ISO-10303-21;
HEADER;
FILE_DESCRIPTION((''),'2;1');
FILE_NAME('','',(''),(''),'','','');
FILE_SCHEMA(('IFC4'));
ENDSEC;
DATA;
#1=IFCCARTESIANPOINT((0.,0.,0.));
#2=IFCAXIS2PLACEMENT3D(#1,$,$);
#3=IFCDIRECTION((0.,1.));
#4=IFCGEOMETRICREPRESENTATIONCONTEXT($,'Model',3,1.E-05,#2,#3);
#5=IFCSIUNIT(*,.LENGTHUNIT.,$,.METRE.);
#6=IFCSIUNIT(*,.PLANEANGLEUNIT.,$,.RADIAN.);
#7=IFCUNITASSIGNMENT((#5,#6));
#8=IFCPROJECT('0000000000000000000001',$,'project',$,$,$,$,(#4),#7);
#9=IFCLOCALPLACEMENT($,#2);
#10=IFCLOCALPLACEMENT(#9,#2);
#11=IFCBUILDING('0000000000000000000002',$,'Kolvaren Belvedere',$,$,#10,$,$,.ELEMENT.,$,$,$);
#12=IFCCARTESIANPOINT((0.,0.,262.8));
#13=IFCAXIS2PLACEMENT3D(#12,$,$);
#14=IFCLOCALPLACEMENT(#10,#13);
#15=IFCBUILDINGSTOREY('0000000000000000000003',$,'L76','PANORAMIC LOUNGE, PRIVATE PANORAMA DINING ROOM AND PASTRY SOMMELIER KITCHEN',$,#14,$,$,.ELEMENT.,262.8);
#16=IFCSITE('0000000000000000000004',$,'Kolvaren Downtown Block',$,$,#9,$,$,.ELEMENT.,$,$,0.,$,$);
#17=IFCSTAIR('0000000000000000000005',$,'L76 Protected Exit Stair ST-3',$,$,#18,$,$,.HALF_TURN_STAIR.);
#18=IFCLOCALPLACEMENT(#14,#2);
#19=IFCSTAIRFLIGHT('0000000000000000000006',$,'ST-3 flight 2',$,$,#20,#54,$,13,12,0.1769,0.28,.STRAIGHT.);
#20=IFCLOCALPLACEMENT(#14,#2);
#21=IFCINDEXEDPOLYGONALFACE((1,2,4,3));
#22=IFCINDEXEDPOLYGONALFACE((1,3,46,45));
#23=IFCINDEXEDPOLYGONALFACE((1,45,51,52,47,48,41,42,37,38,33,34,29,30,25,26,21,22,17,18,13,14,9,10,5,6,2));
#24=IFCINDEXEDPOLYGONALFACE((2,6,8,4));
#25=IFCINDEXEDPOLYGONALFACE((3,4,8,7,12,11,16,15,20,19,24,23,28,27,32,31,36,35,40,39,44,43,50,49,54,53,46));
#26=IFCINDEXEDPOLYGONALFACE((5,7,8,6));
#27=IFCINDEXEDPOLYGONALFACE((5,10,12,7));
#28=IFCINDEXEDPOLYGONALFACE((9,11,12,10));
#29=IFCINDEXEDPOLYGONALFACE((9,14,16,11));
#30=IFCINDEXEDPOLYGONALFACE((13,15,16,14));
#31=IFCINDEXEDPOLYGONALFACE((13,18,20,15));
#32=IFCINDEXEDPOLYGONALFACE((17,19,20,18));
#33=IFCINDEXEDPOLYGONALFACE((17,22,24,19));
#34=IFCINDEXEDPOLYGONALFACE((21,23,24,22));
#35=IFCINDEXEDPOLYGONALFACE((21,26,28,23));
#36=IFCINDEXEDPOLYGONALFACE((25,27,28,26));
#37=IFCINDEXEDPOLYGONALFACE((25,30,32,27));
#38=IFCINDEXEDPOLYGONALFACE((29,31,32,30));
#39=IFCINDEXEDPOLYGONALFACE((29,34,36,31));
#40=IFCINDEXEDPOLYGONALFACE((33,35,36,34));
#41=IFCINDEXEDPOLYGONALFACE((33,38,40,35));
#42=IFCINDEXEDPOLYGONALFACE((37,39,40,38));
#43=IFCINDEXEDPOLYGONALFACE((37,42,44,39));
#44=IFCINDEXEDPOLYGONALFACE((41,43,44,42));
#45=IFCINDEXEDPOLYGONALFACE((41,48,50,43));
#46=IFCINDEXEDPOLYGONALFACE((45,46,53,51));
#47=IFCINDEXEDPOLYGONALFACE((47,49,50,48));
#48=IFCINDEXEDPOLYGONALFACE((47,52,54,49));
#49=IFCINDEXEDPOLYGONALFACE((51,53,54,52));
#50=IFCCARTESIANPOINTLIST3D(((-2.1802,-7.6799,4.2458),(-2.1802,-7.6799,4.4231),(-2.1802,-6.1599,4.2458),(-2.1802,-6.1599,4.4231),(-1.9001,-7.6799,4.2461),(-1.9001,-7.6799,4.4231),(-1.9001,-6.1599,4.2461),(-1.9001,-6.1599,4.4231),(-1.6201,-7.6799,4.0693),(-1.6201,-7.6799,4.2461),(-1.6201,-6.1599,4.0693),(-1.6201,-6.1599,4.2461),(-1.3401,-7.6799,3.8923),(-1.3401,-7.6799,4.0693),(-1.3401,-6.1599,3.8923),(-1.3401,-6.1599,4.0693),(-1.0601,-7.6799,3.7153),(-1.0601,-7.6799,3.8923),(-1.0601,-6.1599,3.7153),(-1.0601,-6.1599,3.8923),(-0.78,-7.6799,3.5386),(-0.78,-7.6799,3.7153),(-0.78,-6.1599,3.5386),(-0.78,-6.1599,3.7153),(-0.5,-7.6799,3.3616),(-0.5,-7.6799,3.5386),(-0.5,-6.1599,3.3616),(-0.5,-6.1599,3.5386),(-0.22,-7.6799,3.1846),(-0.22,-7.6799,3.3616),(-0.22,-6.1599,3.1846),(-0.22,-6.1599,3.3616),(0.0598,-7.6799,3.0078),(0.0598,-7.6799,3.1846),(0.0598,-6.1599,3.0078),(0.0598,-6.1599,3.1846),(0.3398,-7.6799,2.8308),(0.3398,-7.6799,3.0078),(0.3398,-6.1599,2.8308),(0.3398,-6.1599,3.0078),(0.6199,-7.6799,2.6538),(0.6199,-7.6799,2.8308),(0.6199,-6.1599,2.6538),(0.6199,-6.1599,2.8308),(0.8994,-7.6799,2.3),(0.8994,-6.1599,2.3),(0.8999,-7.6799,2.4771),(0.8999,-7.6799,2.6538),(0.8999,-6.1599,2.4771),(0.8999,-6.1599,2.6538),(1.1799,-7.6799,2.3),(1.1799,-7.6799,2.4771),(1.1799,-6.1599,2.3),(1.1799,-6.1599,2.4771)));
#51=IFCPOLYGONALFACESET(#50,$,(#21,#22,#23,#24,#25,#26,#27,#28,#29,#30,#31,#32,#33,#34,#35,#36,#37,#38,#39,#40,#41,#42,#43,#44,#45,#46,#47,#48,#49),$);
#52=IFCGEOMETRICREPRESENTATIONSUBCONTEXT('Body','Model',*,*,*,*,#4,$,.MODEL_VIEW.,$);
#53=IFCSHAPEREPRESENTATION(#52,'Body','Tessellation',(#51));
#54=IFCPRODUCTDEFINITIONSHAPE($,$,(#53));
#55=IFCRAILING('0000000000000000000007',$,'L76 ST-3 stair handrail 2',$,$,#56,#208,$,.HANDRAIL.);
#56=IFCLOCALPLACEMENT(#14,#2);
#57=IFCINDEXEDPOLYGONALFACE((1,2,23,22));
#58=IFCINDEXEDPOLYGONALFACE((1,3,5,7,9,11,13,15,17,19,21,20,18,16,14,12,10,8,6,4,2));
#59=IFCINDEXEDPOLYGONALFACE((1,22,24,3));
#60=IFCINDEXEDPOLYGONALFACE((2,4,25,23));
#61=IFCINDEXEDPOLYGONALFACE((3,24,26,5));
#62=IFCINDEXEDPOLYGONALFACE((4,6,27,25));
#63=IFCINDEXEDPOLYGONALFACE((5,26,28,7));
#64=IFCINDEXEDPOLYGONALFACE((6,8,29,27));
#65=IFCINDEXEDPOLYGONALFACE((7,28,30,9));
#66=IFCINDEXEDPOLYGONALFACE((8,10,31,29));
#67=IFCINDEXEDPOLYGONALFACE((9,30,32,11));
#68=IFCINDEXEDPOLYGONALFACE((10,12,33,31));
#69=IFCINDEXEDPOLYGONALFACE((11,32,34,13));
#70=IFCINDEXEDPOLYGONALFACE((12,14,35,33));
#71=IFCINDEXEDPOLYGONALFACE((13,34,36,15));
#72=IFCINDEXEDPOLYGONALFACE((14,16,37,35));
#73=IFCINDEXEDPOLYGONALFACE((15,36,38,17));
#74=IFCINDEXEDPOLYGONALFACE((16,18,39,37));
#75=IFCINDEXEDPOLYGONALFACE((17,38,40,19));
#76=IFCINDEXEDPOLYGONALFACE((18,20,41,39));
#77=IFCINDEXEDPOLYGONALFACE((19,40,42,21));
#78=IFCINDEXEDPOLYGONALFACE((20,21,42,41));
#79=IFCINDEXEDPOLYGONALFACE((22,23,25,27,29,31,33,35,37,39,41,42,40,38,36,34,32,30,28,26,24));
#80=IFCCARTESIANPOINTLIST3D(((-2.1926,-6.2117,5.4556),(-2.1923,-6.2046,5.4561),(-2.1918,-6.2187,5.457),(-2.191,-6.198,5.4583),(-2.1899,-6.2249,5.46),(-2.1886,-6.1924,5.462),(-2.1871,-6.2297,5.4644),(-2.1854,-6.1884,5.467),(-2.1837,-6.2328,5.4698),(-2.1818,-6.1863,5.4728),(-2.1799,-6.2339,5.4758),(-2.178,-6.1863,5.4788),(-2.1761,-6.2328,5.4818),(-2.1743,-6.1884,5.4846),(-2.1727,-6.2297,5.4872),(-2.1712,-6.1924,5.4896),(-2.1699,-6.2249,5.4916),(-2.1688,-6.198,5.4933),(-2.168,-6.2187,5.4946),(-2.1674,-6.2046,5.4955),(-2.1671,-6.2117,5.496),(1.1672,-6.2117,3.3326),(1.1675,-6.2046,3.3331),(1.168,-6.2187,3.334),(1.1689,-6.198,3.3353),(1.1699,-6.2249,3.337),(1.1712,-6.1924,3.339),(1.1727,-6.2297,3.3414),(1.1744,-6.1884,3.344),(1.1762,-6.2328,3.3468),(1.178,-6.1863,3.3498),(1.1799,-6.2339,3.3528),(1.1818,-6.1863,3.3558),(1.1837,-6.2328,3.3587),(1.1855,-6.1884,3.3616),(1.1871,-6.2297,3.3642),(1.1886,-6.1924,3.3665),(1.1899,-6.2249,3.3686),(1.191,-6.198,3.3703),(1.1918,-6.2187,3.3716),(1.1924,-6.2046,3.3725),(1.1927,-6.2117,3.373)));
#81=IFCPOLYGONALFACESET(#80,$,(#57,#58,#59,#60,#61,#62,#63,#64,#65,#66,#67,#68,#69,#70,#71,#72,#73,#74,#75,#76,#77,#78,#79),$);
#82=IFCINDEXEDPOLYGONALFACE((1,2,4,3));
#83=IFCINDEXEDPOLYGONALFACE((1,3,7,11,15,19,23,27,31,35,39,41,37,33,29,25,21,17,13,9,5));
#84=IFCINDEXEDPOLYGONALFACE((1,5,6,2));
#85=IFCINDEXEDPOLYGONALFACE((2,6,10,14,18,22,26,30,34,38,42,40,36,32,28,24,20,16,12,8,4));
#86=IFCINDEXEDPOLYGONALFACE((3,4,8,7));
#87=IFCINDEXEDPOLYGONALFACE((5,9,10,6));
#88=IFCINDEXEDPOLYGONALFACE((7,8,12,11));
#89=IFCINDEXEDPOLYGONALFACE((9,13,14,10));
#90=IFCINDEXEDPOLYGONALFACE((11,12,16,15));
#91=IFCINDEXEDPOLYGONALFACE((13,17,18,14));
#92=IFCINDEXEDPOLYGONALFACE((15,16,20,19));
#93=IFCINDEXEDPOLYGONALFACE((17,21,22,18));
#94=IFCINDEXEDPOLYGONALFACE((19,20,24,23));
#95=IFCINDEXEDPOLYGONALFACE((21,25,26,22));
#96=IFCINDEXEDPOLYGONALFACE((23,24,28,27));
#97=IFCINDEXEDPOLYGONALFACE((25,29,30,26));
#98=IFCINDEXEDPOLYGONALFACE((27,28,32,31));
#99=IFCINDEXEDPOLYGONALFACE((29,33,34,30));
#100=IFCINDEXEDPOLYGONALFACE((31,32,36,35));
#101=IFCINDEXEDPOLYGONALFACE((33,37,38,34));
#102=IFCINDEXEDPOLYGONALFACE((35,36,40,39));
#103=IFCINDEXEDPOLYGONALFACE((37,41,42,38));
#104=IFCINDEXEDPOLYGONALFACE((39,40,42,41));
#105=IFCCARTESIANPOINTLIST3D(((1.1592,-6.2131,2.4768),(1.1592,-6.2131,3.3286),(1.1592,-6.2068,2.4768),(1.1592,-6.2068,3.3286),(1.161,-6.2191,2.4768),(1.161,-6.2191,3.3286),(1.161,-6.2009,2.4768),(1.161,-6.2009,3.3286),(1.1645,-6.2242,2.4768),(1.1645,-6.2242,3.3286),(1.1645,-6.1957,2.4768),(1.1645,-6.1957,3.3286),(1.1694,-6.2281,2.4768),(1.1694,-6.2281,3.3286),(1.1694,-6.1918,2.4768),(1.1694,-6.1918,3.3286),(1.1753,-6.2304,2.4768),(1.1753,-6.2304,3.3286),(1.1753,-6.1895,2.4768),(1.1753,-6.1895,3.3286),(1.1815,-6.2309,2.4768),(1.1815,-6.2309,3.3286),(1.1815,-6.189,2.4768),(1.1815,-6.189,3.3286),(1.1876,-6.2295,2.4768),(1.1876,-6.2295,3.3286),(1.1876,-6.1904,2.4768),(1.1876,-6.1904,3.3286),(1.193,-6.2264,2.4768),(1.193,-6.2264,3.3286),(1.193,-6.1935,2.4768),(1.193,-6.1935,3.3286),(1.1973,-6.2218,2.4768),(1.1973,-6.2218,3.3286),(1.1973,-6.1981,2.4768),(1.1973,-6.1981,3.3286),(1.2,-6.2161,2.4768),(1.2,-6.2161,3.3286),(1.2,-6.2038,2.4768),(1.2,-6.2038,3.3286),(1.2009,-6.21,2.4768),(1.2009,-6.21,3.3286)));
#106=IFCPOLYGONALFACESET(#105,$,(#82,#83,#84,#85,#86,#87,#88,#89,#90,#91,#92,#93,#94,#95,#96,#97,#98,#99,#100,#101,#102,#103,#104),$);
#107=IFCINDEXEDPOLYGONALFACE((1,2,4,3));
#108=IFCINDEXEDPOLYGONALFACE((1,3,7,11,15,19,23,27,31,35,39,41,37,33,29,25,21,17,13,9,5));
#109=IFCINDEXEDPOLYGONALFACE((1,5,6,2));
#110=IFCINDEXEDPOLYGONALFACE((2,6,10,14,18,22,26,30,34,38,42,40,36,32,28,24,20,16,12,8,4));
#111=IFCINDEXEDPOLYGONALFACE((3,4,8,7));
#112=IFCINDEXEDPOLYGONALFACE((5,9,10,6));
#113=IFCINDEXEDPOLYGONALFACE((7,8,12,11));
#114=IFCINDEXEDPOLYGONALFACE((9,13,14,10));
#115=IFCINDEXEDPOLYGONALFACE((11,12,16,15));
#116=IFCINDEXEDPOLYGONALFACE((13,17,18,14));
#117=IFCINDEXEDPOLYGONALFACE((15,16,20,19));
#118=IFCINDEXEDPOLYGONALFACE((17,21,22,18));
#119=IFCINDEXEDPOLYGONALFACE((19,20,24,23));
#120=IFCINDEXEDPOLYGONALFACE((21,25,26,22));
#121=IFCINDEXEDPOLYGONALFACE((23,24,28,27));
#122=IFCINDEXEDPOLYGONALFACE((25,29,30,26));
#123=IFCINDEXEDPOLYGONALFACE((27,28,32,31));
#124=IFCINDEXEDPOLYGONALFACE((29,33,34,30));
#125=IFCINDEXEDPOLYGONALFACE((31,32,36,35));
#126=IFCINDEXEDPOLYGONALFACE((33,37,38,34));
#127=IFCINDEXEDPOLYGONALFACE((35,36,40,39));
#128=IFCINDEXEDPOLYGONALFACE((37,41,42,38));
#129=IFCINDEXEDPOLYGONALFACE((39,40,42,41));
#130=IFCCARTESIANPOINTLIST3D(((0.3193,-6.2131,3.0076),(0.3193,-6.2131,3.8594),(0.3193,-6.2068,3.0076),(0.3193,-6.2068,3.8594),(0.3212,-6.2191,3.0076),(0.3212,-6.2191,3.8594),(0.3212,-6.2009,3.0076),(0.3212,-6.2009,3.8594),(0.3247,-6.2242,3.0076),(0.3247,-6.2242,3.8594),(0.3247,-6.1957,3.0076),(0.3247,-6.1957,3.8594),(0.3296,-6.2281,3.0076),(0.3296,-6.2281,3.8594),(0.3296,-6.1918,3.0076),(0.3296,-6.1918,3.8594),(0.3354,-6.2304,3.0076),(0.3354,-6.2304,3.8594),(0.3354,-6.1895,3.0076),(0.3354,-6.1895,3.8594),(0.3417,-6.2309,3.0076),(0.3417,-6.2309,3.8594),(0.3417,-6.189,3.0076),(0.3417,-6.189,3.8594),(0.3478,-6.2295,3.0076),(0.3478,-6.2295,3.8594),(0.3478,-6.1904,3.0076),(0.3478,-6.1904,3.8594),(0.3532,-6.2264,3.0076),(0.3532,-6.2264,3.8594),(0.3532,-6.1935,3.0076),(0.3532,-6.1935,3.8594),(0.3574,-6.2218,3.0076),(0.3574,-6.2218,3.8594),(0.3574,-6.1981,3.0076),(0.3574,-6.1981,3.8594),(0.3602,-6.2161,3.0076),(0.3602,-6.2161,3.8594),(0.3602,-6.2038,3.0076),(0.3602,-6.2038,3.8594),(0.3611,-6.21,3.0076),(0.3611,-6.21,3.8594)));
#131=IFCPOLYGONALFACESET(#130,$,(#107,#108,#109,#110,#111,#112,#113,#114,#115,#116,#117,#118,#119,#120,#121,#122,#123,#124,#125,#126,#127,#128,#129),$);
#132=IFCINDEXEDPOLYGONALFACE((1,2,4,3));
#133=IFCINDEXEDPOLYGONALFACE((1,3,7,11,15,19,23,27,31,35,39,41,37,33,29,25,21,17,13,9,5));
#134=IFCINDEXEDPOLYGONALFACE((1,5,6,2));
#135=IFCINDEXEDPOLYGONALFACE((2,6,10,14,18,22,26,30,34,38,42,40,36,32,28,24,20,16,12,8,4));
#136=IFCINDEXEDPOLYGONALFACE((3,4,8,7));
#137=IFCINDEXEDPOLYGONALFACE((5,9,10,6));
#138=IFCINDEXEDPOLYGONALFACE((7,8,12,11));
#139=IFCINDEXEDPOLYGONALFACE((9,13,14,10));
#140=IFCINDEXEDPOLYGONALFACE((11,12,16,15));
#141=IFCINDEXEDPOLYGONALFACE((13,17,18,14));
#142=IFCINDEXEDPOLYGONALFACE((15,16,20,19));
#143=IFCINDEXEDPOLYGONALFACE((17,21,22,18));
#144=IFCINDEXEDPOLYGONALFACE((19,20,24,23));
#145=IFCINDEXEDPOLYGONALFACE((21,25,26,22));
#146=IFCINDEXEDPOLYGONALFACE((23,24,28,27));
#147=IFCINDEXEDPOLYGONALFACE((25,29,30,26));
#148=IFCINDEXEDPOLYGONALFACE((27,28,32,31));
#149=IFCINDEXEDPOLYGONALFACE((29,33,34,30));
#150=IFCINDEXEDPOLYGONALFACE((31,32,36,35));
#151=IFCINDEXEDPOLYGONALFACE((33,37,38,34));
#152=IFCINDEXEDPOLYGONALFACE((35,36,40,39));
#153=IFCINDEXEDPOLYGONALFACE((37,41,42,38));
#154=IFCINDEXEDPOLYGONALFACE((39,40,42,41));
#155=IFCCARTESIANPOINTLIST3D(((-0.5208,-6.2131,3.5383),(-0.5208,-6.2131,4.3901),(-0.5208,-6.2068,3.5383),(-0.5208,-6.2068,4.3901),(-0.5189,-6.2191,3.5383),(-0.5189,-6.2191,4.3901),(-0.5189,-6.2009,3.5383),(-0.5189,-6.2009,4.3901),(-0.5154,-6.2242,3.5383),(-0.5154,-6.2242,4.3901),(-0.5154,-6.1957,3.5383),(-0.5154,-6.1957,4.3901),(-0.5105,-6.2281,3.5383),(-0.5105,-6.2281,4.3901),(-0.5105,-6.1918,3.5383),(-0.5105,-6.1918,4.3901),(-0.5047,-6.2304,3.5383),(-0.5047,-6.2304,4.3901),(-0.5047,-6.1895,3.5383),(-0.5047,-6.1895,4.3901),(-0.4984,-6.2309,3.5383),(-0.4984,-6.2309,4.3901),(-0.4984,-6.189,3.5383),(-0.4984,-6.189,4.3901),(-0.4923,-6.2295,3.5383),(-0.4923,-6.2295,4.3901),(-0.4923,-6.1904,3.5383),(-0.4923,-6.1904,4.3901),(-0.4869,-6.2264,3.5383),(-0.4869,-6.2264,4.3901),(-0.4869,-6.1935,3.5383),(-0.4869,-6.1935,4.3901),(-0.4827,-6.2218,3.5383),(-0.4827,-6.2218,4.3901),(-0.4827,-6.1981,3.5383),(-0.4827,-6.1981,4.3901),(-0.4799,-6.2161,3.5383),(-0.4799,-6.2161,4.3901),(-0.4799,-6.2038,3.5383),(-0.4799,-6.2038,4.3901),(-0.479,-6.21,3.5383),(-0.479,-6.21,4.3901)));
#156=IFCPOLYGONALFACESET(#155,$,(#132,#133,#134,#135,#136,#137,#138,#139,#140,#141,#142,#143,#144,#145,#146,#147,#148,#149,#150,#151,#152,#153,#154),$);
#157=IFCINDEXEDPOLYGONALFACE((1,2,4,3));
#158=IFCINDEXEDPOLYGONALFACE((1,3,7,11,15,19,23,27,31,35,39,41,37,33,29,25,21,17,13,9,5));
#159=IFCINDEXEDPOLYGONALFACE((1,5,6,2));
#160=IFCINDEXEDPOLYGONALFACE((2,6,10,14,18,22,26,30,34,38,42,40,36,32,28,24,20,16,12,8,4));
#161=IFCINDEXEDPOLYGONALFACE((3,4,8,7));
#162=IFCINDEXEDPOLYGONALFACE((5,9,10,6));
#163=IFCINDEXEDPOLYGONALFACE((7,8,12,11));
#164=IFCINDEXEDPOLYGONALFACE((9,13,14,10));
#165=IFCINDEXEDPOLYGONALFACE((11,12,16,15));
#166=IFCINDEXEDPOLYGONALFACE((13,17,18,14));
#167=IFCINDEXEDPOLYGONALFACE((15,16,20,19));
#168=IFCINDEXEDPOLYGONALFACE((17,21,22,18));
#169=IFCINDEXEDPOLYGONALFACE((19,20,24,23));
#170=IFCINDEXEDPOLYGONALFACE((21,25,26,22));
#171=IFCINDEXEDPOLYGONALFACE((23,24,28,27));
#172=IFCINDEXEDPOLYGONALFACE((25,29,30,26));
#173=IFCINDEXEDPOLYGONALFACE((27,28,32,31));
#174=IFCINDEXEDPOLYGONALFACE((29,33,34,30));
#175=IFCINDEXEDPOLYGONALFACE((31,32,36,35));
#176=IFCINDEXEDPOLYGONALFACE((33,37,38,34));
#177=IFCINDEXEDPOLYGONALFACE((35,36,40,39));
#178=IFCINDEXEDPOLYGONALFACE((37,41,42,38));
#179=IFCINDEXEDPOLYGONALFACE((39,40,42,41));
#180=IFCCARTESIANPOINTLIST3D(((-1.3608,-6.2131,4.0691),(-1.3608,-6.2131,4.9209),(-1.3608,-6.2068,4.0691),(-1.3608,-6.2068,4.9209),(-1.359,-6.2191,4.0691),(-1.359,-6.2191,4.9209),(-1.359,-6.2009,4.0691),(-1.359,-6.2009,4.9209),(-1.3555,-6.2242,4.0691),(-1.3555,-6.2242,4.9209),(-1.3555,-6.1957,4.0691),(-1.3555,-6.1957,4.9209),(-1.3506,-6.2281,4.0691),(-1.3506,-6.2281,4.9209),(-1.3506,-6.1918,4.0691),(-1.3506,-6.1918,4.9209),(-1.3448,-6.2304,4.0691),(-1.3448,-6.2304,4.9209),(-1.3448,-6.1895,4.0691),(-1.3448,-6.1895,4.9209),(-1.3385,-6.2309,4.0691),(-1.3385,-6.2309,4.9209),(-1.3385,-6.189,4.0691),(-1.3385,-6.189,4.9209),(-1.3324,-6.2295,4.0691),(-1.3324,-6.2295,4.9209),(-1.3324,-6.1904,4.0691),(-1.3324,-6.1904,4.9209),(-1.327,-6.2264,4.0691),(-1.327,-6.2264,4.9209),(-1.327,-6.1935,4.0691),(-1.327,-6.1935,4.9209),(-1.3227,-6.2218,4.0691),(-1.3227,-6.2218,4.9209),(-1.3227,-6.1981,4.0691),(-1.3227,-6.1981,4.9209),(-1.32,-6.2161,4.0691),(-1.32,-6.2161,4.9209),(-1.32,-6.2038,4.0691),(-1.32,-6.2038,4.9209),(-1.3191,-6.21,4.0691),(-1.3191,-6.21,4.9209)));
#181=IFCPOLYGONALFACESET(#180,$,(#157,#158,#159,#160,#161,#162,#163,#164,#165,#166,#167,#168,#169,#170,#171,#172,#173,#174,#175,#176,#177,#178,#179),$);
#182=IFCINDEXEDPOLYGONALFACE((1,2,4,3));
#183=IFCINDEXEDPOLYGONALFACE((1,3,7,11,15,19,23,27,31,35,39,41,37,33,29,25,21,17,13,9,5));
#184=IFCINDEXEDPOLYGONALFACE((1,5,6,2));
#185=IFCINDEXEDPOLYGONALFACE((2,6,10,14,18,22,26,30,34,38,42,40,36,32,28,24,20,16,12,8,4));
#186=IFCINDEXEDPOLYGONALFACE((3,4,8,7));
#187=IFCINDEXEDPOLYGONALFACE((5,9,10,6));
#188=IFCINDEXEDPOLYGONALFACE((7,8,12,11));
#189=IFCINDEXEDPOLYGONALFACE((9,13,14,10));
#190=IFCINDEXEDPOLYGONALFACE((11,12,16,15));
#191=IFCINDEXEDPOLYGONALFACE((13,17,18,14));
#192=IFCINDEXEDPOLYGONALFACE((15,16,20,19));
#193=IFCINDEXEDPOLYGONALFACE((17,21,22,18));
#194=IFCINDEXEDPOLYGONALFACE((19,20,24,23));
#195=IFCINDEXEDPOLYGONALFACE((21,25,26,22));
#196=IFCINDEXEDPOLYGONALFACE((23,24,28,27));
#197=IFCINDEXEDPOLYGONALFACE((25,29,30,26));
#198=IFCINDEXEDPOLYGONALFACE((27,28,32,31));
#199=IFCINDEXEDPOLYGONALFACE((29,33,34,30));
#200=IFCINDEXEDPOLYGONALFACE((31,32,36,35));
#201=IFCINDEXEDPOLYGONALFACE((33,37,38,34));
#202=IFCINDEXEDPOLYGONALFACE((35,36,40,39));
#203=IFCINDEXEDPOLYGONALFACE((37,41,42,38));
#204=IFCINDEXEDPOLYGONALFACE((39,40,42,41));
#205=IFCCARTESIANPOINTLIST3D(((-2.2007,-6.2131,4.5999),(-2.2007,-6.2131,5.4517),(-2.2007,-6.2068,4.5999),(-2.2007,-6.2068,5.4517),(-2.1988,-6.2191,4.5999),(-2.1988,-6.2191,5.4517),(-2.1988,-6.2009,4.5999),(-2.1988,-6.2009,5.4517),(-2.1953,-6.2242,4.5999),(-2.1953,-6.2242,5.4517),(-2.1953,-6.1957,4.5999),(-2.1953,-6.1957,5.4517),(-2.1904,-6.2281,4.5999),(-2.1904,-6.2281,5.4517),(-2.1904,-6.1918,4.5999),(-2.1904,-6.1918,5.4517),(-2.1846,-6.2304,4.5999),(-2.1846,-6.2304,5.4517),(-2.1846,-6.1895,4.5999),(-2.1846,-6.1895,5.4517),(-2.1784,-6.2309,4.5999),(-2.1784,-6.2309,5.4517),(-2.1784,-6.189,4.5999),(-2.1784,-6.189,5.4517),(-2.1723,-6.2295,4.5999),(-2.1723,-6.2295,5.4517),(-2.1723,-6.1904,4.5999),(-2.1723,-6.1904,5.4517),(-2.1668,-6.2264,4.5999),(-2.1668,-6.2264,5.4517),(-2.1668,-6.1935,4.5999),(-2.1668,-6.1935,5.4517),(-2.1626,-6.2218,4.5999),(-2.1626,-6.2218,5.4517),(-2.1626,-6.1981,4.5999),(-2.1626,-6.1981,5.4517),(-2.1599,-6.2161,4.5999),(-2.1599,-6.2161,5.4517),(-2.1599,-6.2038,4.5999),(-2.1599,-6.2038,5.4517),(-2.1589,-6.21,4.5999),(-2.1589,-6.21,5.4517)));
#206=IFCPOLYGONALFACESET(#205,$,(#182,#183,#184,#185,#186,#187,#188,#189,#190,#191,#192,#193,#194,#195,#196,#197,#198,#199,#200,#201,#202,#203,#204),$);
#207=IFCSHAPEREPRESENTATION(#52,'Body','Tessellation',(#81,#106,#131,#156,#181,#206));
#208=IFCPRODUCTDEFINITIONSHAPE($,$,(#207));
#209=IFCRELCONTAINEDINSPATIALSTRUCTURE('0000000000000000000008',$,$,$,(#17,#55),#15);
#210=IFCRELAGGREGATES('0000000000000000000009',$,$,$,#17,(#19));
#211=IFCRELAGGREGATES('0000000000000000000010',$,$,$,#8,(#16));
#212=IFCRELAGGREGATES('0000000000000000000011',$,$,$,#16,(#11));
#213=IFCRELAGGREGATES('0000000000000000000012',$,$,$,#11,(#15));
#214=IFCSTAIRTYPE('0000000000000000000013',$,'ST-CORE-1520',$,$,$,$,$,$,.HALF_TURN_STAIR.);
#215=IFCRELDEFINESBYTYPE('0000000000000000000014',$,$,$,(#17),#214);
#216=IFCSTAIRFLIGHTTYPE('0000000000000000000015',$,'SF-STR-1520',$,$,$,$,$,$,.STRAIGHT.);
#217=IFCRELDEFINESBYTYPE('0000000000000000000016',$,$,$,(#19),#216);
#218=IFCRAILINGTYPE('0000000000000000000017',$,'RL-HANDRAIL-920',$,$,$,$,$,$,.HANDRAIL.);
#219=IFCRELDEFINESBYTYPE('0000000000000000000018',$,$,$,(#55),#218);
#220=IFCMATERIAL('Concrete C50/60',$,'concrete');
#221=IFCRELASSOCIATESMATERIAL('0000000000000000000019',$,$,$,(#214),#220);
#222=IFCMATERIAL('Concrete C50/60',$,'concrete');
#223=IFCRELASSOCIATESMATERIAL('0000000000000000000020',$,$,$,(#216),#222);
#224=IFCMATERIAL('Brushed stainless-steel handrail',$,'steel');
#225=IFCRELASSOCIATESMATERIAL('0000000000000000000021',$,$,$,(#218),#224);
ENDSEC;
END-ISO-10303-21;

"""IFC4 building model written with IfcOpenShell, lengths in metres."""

from ifc_helpers import new_model, si_unit, direction, frame, origin, origin_2d, place, context, subcontext, project, spatial, polyline, circle, outline, extrude, material, type_object, element, aggregate, save


model = new_model("IFC4")

# Units and contexts
model_context = context("Model", 3, precision=1e-05, world=origin(), true_north=direction((0.0, 1.0)))
body_context = subcontext(model_context, "Body", "Model", "MODEL_VIEW")
ifc_project = project(units=[si_unit("LENGTHUNIT", "METRE"), si_unit("PLANEANGLEUNIT", "RADIAN")], contexts=[model_context])

# Site, building, storey
site_placement = place(None, origin())
site = spatial("IfcSite", under=ifc_project, at=site_placement, Name="Kolvaren Downtown Block", CompositionType="ELEMENT", RefElevation=0.0)
building_placement = place(site_placement, origin())
building = spatial("IfcBuilding", under=site, at=building_placement, Name="Kolvaren Belvedere", CompositionType="ELEMENT")
storey_placement = place(building_placement, frame((0.0, 0.0, 262.8)))
storey = spatial("IfcBuildingStorey", under=building, at=storey_placement, Name="L76", Description="PANORAMIC LOUNGE, PRIVATE PANORAMA DINING ROOM AND PASTRY SOMMELIER KITCHEN", CompositionType="ELEMENT", Elevation=262.8)

# Stair, stair flight
ifc_material_1 = material(Name="Concrete C50/60", Category="concrete")
stair_type = type_object("IfcStairType", Name="ST-CORE-1520", PredefinedType="HALF_TURN_STAIR", material=ifc_material_1)
stair_placement = place(storey_placement, origin())
stair = element("IfcStair", 1, at=stair_placement, inside=storey, type_object=stair_type, Name="L76 Protected Exit Stair ST-3", PredefinedType="HALF_TURN_STAIR")
ifc_material_2 = material(Name="Concrete C50/60", Category="concrete")
stair_flight_type = type_object("IfcStairFlightType", Name="SF-STR-1520", PredefinedType="STRAIGHT", material=ifc_material_2)
stair_flight_placement = place(storey_placement, frame((1.1799, -6.9199, 2.3), z_axis=(0.0, 0.0, 1.0), x_axis=(-1.0, 0.0, 0.0)))
stair_flight = element("IfcStairFlight", 2, at=stair_flight_placement, type_object=stair_flight_type, Name="ST-3 flight 2", NumberOfRisers=13, NumberOfTreads=12, PredefinedType="STRAIGHT", RiserHeight=0.1769, TreadLength=0.28, context=body_context, shape_type="SweptSolid", body=[
    extrude(outline(polyline([(0.0, 0.0), (0.0, 0.177), (0.28, 0.177), (0.28, 0.3538), (0.5601, 0.3538), (0.5601, 0.5308), (0.8401, 0.5308), (0.8401, 0.7078), (1.1201, 0.7078), (1.1201, 0.8845), (1.3999, 0.8845), (1.3999, 1.0615), (1.6799, 1.0615), (1.6799, 1.2385), (1.96, 1.2385), (1.96, 1.4153), (2.24, 1.4153), (2.24, 1.5923), (2.52, 1.5923), (2.52, 1.7693), (2.8, 1.7693), (2.8, 1.946), (3.0801, 1.946), (3.0801, 2.123), (3.3601, 2.123), (3.3601, 2.3), (3.3601, 1.9458), (0.2805, 0.0), (0.0, 0.0)])), frame((0.0, 0.76, 0.0), z_axis=(0.0, -1.0, 0.0), x_axis=(1.0, 0.0, 0.0)), (0.0, 0.0, 1.0), 1.52),
])
aggregate(stair, [stair_flight])

# Railing
ifc_material_3 = material(Name="Brushed stainless-steel handrail", Category="steel")
railing_type_1 = type_object("IfcRailingType", Name="RL-HANDRAIL-920", PredefinedType="HANDRAIL", material=ifc_material_3)
railing_1_placement = place(storey_placement, frame((1.1799, -6.21, 2.4768)))
element("IfcRailing", 3, at=railing_1_placement, inside=storey, type_object=railing_type_1, Name="L76 ST-3 stair handrail 2", PredefinedType="HANDRAIL", context=body_context, shape_type="SweptSolid", body=[
    extrude(circle(Radius=0.0239, at=origin_2d()), frame((0.0, 0.0, 0.876), z_axis=(-0.845372, 0.0, 0.534178), x_axis=(0.0, -1.0, 0.0)), (0.0, 0.0, 1.0), 3.9744),
    extrude(circle(Radius=0.021, at=origin_2d()), origin(), (0.0, 0.0, 1.0), 0.8518),
    extrude(circle(Radius=0.021, at=origin_2d()), frame((-0.8398, 0.0, 0.5308)), (0.0, 0.0, 1.0), 0.8518),
    extrude(circle(Radius=0.021, at=origin_2d()), frame((-1.6799, 0.0, 1.0615)), (0.0, 0.0, 1.0), 0.8518),
    extrude(circle(Radius=0.021, at=origin_2d()), frame((-2.52, 0.0, 1.5923)), (0.0, 0.0, 1.0), 0.8518),
    extrude(circle(Radius=0.021, at=origin_2d()), frame((-3.3599, 0.0, 2.123)), (0.0, 0.0, 1.0), 0.8518),
])

save(model, "model.ifc")
